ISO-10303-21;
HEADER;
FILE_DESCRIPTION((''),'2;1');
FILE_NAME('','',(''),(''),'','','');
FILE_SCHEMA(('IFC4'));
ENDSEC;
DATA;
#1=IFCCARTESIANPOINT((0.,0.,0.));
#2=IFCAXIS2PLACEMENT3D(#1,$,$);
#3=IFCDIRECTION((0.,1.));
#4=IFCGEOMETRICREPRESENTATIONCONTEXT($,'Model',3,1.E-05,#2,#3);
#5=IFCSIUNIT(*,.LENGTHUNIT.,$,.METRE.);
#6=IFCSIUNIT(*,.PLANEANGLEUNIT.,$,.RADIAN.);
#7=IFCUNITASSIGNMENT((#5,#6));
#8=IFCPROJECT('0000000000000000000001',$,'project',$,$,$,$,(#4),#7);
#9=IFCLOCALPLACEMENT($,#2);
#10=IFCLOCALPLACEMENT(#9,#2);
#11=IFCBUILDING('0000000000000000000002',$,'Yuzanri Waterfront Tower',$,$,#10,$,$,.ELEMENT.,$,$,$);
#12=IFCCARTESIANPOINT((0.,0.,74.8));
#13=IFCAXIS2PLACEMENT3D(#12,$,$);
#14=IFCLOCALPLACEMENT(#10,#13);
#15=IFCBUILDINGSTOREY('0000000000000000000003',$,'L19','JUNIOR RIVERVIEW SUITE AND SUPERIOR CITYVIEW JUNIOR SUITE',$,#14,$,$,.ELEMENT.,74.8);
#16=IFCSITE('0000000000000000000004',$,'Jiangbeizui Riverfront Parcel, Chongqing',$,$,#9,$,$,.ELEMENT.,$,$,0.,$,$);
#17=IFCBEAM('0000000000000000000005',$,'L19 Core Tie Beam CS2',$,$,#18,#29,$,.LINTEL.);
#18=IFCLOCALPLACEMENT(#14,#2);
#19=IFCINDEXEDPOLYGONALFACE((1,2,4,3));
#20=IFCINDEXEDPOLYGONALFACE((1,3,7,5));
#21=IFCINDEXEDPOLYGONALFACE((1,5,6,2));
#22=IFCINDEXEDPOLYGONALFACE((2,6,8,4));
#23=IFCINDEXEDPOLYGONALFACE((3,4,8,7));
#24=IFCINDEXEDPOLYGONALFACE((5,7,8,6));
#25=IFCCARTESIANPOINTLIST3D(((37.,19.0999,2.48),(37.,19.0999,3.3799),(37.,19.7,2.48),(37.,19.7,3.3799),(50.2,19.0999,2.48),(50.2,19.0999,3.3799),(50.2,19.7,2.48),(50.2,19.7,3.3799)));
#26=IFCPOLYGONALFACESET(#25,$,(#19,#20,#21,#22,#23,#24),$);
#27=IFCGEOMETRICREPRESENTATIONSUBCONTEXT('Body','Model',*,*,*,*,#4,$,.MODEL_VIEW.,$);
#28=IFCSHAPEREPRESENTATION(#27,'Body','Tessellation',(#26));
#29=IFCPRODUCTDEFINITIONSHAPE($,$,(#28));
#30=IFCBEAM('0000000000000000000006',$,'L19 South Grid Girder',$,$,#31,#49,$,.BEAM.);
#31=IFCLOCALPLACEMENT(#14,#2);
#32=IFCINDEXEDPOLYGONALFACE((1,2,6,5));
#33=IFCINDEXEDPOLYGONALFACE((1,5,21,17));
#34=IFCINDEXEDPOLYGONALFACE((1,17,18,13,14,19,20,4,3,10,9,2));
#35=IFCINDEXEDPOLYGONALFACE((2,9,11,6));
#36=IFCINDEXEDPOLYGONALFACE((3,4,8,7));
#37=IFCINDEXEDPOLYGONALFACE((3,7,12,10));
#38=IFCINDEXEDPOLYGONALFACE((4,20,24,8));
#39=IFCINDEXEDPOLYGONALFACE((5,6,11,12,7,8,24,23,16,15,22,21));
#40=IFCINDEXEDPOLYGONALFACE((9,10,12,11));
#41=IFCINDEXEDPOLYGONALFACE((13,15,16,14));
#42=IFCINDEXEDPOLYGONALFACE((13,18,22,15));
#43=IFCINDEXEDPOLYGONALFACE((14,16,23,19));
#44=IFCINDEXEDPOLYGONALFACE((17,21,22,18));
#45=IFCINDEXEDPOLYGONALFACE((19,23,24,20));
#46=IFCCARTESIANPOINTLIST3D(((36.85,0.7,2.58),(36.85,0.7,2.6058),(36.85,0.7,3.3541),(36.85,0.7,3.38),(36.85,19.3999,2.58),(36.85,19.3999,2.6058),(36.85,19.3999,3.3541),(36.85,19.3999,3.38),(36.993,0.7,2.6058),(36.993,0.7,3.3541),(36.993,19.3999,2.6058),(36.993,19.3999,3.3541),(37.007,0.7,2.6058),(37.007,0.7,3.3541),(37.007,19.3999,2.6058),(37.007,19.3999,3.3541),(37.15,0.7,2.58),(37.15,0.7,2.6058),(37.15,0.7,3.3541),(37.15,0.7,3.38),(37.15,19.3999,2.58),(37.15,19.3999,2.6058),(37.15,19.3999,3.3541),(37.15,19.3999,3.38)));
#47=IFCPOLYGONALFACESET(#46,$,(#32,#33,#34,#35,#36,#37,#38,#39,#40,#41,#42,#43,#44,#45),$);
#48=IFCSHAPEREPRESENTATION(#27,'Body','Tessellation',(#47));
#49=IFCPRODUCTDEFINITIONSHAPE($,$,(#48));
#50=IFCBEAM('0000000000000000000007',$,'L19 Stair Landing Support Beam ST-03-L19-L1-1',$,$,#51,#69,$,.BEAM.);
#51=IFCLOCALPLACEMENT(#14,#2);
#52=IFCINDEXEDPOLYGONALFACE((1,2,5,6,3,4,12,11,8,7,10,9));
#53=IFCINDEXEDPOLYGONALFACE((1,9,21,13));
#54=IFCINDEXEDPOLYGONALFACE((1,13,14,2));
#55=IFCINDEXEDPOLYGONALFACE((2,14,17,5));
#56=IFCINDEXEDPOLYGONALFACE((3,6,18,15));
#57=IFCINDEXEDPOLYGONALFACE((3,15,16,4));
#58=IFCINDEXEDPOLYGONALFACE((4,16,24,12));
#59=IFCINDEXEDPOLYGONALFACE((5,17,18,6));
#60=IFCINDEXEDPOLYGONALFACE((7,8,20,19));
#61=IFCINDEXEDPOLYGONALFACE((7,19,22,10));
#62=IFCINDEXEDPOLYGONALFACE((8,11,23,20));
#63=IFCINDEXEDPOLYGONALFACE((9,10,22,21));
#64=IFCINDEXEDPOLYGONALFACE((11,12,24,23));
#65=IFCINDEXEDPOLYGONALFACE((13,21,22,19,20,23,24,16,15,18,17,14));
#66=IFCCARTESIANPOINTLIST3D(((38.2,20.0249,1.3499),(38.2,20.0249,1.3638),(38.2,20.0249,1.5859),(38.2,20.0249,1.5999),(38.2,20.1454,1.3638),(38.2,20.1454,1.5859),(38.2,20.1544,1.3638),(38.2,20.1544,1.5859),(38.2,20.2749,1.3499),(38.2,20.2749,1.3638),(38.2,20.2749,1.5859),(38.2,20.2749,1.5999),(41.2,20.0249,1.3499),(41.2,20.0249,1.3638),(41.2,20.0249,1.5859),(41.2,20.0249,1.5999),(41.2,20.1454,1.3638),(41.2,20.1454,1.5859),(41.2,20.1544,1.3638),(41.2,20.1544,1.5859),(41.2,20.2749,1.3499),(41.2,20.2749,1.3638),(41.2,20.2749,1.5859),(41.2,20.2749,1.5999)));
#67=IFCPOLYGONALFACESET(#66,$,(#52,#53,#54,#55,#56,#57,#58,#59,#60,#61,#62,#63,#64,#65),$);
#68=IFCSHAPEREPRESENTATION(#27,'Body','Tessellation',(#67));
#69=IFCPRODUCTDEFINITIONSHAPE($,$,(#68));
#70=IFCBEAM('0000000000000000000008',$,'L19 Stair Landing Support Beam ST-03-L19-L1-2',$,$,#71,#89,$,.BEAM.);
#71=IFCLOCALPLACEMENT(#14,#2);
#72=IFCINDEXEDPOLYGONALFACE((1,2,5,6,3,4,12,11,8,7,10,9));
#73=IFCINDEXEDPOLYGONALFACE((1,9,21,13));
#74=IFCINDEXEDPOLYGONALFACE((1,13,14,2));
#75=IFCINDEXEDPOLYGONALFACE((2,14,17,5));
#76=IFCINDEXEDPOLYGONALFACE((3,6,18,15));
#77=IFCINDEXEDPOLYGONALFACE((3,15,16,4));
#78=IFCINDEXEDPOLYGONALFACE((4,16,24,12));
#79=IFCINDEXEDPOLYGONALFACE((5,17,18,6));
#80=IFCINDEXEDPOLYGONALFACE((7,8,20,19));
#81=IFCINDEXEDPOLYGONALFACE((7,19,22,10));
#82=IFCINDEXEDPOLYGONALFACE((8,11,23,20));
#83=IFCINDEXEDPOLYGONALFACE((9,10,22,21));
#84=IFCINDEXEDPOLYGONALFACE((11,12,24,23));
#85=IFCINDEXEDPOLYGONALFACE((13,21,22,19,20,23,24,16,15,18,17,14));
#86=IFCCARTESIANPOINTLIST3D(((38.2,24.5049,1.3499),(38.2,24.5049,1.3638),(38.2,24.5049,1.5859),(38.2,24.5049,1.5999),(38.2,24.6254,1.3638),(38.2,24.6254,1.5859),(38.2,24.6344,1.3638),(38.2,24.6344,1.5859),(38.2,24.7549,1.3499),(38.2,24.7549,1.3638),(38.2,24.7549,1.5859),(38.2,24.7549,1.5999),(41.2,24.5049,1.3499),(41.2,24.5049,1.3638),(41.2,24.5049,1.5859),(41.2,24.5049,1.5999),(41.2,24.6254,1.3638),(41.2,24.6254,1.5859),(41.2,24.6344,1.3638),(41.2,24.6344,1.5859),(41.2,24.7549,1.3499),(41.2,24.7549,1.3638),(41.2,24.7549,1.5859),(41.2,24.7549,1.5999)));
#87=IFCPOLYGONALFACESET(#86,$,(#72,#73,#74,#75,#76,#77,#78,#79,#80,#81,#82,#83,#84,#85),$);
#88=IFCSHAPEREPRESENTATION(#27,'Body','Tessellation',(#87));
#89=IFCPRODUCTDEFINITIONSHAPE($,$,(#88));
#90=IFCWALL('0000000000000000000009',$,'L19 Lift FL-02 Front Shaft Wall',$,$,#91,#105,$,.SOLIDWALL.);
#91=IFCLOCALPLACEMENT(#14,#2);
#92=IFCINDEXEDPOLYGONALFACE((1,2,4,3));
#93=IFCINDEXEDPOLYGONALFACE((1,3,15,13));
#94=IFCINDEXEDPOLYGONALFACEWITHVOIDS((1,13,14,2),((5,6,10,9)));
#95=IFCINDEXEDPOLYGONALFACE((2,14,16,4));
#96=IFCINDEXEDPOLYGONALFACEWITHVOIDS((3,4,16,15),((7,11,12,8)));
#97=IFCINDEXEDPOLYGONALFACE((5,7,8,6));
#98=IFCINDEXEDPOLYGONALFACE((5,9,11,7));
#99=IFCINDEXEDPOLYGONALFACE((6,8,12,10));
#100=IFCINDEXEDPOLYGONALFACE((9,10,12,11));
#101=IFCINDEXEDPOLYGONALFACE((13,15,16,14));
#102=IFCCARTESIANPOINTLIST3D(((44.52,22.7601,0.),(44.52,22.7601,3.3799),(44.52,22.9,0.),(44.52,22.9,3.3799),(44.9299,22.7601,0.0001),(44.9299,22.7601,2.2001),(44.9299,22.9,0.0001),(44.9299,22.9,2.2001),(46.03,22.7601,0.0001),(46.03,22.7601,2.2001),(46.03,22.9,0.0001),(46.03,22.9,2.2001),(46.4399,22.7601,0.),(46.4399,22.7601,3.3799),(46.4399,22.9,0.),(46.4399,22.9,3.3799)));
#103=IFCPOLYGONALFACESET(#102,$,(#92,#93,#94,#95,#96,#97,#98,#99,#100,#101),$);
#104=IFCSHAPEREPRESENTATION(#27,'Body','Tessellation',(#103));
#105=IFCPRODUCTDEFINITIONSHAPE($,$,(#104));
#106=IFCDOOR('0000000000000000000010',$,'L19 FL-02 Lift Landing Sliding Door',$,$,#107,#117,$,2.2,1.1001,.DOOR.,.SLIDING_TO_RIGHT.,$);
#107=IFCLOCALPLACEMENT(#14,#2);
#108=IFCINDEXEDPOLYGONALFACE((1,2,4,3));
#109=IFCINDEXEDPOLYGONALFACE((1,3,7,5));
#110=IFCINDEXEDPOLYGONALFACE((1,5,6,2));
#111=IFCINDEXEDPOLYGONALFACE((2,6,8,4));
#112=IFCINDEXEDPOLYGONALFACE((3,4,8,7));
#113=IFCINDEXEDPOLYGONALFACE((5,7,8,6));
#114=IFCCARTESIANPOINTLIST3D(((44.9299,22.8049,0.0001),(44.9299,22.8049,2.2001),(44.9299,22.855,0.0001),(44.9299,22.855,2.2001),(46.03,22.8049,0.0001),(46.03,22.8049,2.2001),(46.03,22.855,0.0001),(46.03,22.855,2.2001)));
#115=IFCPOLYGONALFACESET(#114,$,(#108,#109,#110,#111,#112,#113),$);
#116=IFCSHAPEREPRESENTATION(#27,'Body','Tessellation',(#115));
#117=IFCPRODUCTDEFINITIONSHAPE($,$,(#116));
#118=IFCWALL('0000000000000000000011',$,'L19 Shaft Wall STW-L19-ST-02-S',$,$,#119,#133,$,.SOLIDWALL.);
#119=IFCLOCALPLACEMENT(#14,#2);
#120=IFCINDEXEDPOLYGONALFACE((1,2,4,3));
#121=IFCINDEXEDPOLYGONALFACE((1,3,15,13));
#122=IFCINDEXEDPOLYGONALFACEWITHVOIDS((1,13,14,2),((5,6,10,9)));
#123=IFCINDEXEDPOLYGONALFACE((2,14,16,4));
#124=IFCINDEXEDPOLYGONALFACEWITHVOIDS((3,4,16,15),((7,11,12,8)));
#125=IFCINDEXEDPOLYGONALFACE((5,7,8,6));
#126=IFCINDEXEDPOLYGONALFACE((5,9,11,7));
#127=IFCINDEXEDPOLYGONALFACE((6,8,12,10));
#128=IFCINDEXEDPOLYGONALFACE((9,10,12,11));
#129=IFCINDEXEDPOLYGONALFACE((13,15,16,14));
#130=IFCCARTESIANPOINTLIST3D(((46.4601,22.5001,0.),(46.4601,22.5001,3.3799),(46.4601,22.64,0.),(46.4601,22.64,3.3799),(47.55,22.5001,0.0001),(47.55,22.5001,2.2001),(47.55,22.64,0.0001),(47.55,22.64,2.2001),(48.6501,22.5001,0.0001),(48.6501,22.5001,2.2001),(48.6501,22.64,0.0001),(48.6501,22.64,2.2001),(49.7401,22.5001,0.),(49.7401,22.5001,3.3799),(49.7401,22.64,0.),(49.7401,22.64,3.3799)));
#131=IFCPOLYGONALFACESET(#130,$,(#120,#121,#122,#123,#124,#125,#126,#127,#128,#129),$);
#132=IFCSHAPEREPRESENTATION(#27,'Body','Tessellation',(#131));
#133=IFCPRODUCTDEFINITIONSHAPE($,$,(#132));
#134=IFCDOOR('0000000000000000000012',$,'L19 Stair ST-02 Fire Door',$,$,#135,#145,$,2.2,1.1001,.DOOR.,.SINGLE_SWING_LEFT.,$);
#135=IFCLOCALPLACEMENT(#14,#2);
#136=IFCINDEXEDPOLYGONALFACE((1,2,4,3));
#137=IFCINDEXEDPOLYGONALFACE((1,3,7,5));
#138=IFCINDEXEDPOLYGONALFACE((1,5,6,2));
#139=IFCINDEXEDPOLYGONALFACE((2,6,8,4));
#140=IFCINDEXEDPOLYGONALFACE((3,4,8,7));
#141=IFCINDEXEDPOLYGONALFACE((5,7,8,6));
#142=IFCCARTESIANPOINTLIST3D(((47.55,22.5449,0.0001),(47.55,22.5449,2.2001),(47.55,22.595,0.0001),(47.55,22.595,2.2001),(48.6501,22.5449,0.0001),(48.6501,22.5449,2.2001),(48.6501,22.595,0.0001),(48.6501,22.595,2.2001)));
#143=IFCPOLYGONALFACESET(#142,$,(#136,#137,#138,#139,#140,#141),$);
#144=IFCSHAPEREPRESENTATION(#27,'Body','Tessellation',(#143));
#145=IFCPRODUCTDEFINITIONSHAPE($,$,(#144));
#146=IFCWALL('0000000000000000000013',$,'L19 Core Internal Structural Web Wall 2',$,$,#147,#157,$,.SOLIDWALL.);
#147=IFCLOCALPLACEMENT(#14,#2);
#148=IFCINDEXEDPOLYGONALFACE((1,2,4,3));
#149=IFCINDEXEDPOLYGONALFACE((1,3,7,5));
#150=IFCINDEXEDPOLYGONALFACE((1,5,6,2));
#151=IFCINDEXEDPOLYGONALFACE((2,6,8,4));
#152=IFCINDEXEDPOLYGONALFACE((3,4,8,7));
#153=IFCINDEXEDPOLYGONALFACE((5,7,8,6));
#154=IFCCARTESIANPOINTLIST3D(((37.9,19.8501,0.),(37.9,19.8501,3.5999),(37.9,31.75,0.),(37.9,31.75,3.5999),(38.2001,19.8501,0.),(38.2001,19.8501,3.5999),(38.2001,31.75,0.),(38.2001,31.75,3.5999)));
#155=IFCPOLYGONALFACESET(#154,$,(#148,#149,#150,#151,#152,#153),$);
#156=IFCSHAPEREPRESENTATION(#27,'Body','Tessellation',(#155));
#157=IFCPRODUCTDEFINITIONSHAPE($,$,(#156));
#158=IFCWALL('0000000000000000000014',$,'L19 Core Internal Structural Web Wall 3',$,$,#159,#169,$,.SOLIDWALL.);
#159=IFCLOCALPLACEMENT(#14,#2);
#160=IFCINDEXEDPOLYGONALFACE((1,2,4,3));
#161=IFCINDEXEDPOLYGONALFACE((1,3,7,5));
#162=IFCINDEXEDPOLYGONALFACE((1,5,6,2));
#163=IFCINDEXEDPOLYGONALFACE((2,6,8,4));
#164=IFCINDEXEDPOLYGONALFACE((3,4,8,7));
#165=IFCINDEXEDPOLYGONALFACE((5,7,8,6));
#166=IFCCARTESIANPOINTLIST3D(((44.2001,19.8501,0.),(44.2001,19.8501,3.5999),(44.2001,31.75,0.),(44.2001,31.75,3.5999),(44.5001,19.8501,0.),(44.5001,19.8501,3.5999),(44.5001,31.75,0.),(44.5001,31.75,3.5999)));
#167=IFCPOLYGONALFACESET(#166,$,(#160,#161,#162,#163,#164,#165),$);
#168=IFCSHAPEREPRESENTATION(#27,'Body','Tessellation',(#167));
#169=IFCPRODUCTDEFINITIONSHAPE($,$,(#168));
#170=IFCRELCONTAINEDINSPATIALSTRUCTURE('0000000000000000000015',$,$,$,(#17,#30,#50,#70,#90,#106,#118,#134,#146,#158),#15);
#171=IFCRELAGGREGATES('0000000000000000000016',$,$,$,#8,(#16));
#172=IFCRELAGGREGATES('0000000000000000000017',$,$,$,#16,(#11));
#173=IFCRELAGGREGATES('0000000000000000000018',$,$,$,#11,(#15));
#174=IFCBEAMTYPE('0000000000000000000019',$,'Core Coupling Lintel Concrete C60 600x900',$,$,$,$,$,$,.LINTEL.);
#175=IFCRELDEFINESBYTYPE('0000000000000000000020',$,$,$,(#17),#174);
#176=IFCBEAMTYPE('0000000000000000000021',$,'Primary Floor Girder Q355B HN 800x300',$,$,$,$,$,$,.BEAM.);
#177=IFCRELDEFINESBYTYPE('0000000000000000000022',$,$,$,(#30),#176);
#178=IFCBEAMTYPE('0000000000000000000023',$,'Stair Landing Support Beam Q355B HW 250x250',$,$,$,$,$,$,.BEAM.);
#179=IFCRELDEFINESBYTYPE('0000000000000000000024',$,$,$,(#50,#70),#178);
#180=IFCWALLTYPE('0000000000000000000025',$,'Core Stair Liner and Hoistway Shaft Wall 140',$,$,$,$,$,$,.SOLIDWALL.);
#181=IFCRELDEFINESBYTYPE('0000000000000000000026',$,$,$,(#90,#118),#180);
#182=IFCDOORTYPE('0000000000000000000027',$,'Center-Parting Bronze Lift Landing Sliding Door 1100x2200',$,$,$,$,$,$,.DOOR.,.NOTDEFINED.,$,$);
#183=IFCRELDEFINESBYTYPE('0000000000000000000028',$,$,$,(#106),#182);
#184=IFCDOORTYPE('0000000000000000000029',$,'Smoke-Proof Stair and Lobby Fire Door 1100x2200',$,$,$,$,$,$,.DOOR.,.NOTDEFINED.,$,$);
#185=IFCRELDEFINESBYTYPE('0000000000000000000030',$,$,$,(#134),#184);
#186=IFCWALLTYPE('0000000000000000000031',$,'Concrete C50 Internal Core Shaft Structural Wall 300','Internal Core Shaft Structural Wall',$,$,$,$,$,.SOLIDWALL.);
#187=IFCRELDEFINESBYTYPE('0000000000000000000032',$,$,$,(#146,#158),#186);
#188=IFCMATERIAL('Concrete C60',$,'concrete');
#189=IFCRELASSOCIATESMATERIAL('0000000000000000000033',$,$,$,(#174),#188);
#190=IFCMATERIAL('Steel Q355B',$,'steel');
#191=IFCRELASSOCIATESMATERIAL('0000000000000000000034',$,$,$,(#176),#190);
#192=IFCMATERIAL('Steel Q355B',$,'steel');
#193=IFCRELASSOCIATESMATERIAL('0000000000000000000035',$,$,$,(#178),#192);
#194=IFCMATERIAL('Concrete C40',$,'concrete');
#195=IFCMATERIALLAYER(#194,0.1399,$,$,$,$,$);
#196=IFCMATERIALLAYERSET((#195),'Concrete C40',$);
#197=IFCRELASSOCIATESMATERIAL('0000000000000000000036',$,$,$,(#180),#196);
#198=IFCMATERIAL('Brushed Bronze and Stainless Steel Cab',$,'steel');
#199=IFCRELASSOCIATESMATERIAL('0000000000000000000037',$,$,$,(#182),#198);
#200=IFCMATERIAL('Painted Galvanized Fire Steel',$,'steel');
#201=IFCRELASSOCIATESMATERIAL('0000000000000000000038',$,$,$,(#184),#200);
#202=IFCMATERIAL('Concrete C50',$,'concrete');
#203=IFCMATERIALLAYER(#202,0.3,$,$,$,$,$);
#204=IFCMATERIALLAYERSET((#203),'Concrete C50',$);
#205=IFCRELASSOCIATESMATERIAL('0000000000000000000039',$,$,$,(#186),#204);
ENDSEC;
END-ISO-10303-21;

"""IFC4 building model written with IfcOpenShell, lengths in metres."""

from ifc_helpers import new_model, si_unit, direction, frame, frame_2d, origin, origin_2d, place, context, subcontext, project, spatial, rectangle, i_section, extrude, source, transform, mapped, material, layer, layer_set, material_profile, profile_set, type_object, element, fill, save


model = new_model("IFC4")

# Units and contexts
model_context = context("Model", 3, precision=1e-05, world=origin(), true_north=direction((0.0, 1.0)))
body_context = subcontext(model_context, "Body", "Model", "MODEL_VIEW")
ifc_project = project(units=[si_unit("LENGTHUNIT", "METRE"), si_unit("PLANEANGLEUNIT", "RADIAN")], contexts=[model_context])

# Site, building, storey
site_placement = place(None, origin())
site = spatial("IfcSite", under=ifc_project, at=site_placement, Name="Jiangbeizui Riverfront Parcel, Chongqing", CompositionType="ELEMENT", RefElevation=0.0)
building_placement = place(site_placement, origin())
building = spatial("IfcBuilding", under=site, at=building_placement, Name="Yuzanri Waterfront Tower", CompositionType="ELEMENT")
storey_placement = place(building_placement, frame((0.0, 0.0, 74.8)))
storey = spatial("IfcBuildingStorey", under=building, at=storey_placement, Name="L19", Description="JUNIOR RIVERVIEW SUITE AND SUPERIOR CITYVIEW JUNIOR SUITE", CompositionType="ELEMENT", Elevation=74.8)

# Beams
ifc_material_1 = material(Name="Concrete C60", Category="concrete")
ifc_material_profile_1 = material_profile(ifc_material_1, rectangle(XDim=0.6001, YDim=0.8999, at=origin_2d()), Name="RC 600x900")
ifc_profile_set_1 = profile_set([ifc_material_profile_1], Name="Concrete C60")
beam_type_1 = type_object("IfcBeamType", Name="Core Coupling Lintel Concrete C60 600x900", PredefinedType="LINTEL", material=ifc_profile_set_1)
shared_shape_1 = source(origin(), body_context, "Body", "SweptSolid", [
    extrude(rectangle(XDim=0.6001, YDim=0.8999, at=origin_2d()), origin(), (0.0, 0.0, 1.0), 13.2),
])
beam_1_placement = place(storey_placement, frame((37.0, 19.3999, 2.9299), z_axis=(1.0, 0.0, 0.0), x_axis=(0.0, 1.0, 0.0)))
element("IfcBeam", 1, at=beam_1_placement, inside=storey, type_object=beam_type_1, Name="L19 Core Tie Beam CS2", PredefinedType="LINTEL", context=body_context, shape_type="MappedRepresentation", body=[
    mapped(shared_shape_1, transform((0.0, 0.0, 0.0), scale=1.0)),
])
ifc_material_2 = material(Name="Steel Q355B", Category="steel")
ifc_material_profile_2 = material_profile(ifc_material_2, i_section(OverallWidth=0.3, OverallDepth=0.8, WebThickness=0.0139, FlangeThickness=0.0259, at=origin_2d()), Name="HN 800x300x14x26")
ifc_profile_set_2 = profile_set([ifc_material_profile_2], Name="Steel Q355B")
beam_type_2 = type_object("IfcBeamType", Name="Primary Floor Girder Q355B HN 800x300", PredefinedType="BEAM", material=ifc_profile_set_2)
shared_shape_2 = source(origin(), body_context, "Body", "SweptSolid", [
    extrude(i_section(OverallWidth=0.3, OverallDepth=0.8, WebThickness=0.0139, FlangeThickness=0.0259, at=origin_2d()), origin(), (0.0, 0.0, 1.0), 18.7),
])
beam_2_placement = place(storey_placement, frame((37.0, 19.3999, 2.98), z_axis=(0.0, -1.0, 0.0), x_axis=(1.0, 0.0, 0.0)))
element("IfcBeam", 2, at=beam_2_placement, inside=storey, type_object=beam_type_2, Name="L19 South Grid Girder", PredefinedType="BEAM", context=body_context, shape_type="MappedRepresentation", body=[
    mapped(shared_shape_2, transform((0.0, 0.0, 0.0), scale=1.0)),
])
ifc_material_3 = material(Name="Steel Q355B", Category="steel")
ifc_material_profile_3 = material_profile(ifc_material_3, i_section(OverallWidth=0.25, OverallDepth=0.25, WebThickness=0.009, FlangeThickness=0.0139, at=origin_2d()), Name="HW 250x250x9x14")
ifc_profile_set_3 = profile_set([ifc_material_profile_3], Name="Steel Q355B")
beam_type_3 = type_object("IfcBeamType", Name="Stair Landing Support Beam Q355B HW 250x250", PredefinedType="BEAM", material=ifc_profile_set_3)
shared_shape_3 = source(origin(), body_context, "Body", "SweptSolid", [
    extrude(i_section(OverallWidth=0.25, OverallDepth=0.25, WebThickness=0.009, FlangeThickness=0.0139, at=origin_2d()), origin(), (0.0, 0.0, 1.0), 3.0),
])
for number, where, z_axis, x_axis, name in (
    (3, (38.2, 20.1499, 1.4749), (1.0, 0.0, 0.0), (0.0, 1.0, 0.0), "L19 Stair Landing Support Beam ST-03-L19-L1-1"),
    (4, (38.2, 24.6299, 1.4749), (1.0, 0.0, 0.0), (0.0, 1.0, 0.0), "L19 Stair Landing Support Beam ST-03-L19-L1-2"),
):
    element("IfcBeam", number, at=place(storey_placement, frame(where, z_axis=z_axis, x_axis=x_axis)), inside=storey, type_object=beam_type_3, Name=name, PredefinedType="BEAM", context=body_context, shape_type="MappedRepresentation", body=[
        mapped(shared_shape_3, transform((0.0, 0.0, 0.0), scale=1.0)),
    ])

# Walls, openings, doors
ifc_material_4 = material(Name="Concrete C40", Category="concrete")
ifc_layer_1 = layer(ifc_material_4, 0.1399)
ifc_layer_set_1 = layer_set([ifc_layer_1], Name="Concrete C40")
wall_type_1 = type_object("IfcWallType", Name="Core Stair Liner and Hoistway Shaft Wall 140", PredefinedType="SOLIDWALL", material=ifc_layer_set_1)
wall_1_placement = place(storey_placement, frame((44.52, 22.8301, 0.0), z_axis=(0.0, 0.0, 1.0), x_axis=(1.0, 0.0, 0.0)))
wall_1 = element("IfcWall", 5, at=wall_1_placement, inside=storey, type_object=wall_type_1, Name="L19 Lift FL-02 Front Shaft Wall", PredefinedType="SOLIDWALL", context=body_context, shape_type="SweptSolid", body=[
    extrude(rectangle(XDim=1.9199, YDim=0.1399, at=frame_2d((0.96, 0.0))), origin(), (0.0, 0.0, 1.0), 3.3799),
])
opening_1_placement = place(wall_1_placement, frame((0.4099, 0.0, 0.0)))
opening_1 = element("IfcOpeningElement", 6, at=opening_1_placement, cuts=wall_1, PredefinedType="OPENING", context=body_context, shape_type="SweptSolid", body=[
    extrude(rectangle(XDim=1.1001, YDim=2.2, at=frame_2d((0.55, 1.1001))), frame((0.0, 0.085, 0.0), z_axis=(0.0, -1.0, 0.0), x_axis=(1.0, 0.0, 0.0)), (0.0, 0.0, 1.0), 0.1697),
])
ifc_material_5 = material(Name="Brushed Bronze and Stainless Steel Cab", Category="steel")
door_type_1 = type_object("IfcDoorType", Name="Center-Parting Bronze Lift Landing Sliding Door 1100x2200", OperationType="NOTDEFINED", PredefinedType="DOOR", material=ifc_material_5)
shared_shape_4 = source(origin(), body_context, "Body", "SweptSolid", [
    extrude(rectangle(XDim=1.1001, YDim=2.2, at=frame_2d((0.55, 1.1001))), frame((0.0, 0.0249, 0.0), z_axis=(0.0, -1.0, 0.0), x_axis=(1.0, 0.0, 0.0)), (0.0, 0.0, 1.0), 0.05),
])
door_1_placement = place(opening_1_placement, origin())
door_1 = element("IfcDoor", 7, at=door_1_placement, inside=storey, type_object=door_type_1, Name="L19 FL-02 Lift Landing Sliding Door", OperationType="SLIDING_TO_RIGHT", OverallHeight=2.2, OverallWidth=1.1001, PredefinedType="DOOR", context=body_context, shape_type="MappedRepresentation", body=[
    mapped(shared_shape_4, transform((0.0, 0.0, 0.0), scale=1.0)),
])
fill(opening_1, door_1)
wall_2_placement = place(storey_placement, frame((46.46, 22.5701, 0.0), z_axis=(0.0, 0.0, 1.0), x_axis=(1.0, 0.0, 0.0)))
wall_2 = element("IfcWall", 8, at=wall_2_placement, inside=storey, type_object=wall_type_1, Name="L19 Shaft Wall STW-L19-ST-02-S", PredefinedType="SOLIDWALL", context=body_context, shape_type="SweptSolid", body=[
    extrude(rectangle(XDim=3.28, YDim=0.1399, at=frame_2d((1.6401, 0.0))), origin(), (0.0, 0.0, 1.0), 3.3799),
])
opening_2_placement = place(wall_2_placement, frame((1.0901, 0.0, 0.0)))
opening_2 = element("IfcOpeningElement", 9, at=opening_2_placement, cuts=wall_2, PredefinedType="OPENING", context=body_context, shape_type="SweptSolid", body=[
    extrude(rectangle(XDim=1.1001, YDim=2.2, at=frame_2d((0.55, 1.1001))), frame((0.0, 0.085, 0.0), z_axis=(0.0, -1.0, 0.0), x_axis=(1.0, 0.0, 0.0)), (0.0, 0.0, 1.0), 0.1697),
])
ifc_material_6 = material(Name="Painted Galvanized Fire Steel", Category="steel")
door_type_2 = type_object("IfcDoorType", Name="Smoke-Proof Stair and Lobby Fire Door 1100x2200", OperationType="NOTDEFINED", PredefinedType="DOOR", material=ifc_material_6)
shared_shape_5 = source(origin(), body_context, "Body", "SweptSolid", [
    extrude(rectangle(XDim=1.1001, YDim=2.2, at=frame_2d((0.55, 1.1001))), frame((0.0, 0.0249, 0.0), z_axis=(0.0, -1.0, 0.0), x_axis=(1.0, 0.0, 0.0)), (0.0, 0.0, 1.0), 0.05),
])
door_2_placement = place(opening_2_placement, origin())
door_2 = element("IfcDoor", 10, at=door_2_placement, inside=storey, type_object=door_type_2, Name="L19 Stair ST-02 Fire Door", OperationType="SINGLE_SWING_LEFT", OverallHeight=2.2, OverallWidth=1.1001, PredefinedType="DOOR", context=body_context, shape_type="MappedRepresentation", body=[
    mapped(shared_shape_5, transform((0.0, 0.0, 0.0), scale=1.0)),
])
fill(opening_2, door_2)

# Walls
ifc_material_7 = material(Name="Concrete C50", Category="concrete")
ifc_layer_2 = layer(ifc_material_7, 0.3)
ifc_layer_set_2 = layer_set([ifc_layer_2], Name="Concrete C50")
wall_type_2 = type_object("IfcWallType", Name="Concrete C50 Internal Core Shaft Structural Wall 300", Description="Internal Core Shaft Structural Wall", PredefinedType="SOLIDWALL", material=ifc_layer_set_2)
shared_shape_6 = source(origin(), body_context, "Body", "SweptSolid", [
    extrude(rectangle(XDim=11.8999, YDim=0.3, at=frame_2d((5.95, 0.0))), origin(), (0.0, 0.0, 1.0), 3.5999),
])
for number, where, z_axis, x_axis, name in (
    (11, (38.05, 19.8501, 0.0), (0.0, 0.0, 1.0), (0.0, 1.0, 0.0), "L19 Core Internal Structural Web Wall 2"),
    (12, (44.3501, 19.8501, 0.0), (0.0, 0.0, 1.0), (0.0, 1.0, 0.0), "L19 Core Internal Structural Web Wall 3"),
):
    element("IfcWall", number, at=place(storey_placement, frame(where, z_axis=z_axis, x_axis=x_axis)), inside=storey, type_object=wall_type_2, Name=name, PredefinedType="SOLIDWALL", context=body_context, shape_type="MappedRepresentation", body=[
        mapped(shared_shape_6, transform((0.0, 0.0, 0.0), scale=1.0)),
    ])

save(model, "model.ifc")
